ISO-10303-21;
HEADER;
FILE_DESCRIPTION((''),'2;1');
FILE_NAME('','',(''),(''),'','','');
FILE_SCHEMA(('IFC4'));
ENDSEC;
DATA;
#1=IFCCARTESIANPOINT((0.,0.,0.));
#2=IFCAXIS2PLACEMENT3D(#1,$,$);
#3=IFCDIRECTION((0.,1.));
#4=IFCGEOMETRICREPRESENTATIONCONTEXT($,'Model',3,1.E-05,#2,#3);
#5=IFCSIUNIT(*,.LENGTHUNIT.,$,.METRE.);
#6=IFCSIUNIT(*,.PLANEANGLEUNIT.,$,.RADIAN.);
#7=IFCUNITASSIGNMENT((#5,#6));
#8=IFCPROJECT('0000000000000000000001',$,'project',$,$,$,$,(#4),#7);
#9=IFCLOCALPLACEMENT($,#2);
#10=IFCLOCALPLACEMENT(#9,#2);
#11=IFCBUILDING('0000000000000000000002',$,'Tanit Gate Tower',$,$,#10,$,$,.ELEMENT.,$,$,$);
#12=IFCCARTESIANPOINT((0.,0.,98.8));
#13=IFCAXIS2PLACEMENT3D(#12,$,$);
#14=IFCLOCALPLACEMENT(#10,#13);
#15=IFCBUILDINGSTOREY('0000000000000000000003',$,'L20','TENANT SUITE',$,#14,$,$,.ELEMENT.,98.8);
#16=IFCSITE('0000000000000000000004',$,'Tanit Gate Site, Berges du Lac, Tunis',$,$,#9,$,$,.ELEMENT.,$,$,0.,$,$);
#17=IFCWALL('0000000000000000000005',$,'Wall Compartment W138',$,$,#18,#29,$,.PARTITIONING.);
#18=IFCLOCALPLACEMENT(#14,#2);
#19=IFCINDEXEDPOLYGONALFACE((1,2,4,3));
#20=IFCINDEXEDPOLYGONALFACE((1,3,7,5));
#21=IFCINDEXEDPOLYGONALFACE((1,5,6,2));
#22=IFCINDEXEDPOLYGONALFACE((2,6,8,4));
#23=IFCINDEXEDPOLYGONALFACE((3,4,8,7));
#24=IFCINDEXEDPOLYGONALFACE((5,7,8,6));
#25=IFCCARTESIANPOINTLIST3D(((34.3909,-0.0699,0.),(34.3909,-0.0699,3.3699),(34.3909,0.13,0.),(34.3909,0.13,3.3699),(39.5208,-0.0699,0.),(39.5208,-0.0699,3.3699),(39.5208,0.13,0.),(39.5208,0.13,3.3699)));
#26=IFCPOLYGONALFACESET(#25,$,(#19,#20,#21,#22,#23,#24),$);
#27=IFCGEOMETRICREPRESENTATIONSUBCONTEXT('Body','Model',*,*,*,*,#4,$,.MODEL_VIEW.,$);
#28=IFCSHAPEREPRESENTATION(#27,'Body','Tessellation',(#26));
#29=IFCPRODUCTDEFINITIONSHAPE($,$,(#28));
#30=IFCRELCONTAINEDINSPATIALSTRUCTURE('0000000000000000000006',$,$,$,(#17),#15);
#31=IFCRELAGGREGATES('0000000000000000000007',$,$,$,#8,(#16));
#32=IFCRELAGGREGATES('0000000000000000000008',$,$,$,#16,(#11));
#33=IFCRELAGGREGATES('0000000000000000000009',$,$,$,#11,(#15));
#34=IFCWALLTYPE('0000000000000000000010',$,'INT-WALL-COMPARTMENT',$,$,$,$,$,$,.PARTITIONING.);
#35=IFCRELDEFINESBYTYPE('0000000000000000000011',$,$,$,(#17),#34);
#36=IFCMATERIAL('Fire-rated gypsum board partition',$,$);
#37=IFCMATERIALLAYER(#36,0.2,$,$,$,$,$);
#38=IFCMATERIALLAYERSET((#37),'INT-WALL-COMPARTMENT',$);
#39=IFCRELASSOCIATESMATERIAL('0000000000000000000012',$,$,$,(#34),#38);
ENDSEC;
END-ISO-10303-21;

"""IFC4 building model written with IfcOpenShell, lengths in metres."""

from ifc_helpers import new_model, si_unit, direction, frame, frame_2d, origin, place, context, subcontext, project, spatial, rectangle, extrude, material, layer, layer_set, type_object, element, save


model = new_model("IFC4")

# Units and contexts
model_context = context("Model", 3, precision=1e-05, world=origin(), true_north=direction((0.0, 1.0)))
body_context = subcontext(model_context, "Body", "Model", "MODEL_VIEW")
ifc_project = project(units=[si_unit("LENGTHUNIT", "METRE"), si_unit("PLANEANGLEUNIT", "RADIAN")], contexts=[model_context])

# Site, building, storey
site_placement = place(None, origin())
site = spatial("IfcSite", under=ifc_project, at=site_placement, Name="Tanit Gate Site, Berges du Lac, Tunis", CompositionType="ELEMENT", RefElevation=0.0)
building_placement = place(site_placement, origin())
building = spatial("IfcBuilding", under=site, at=building_placement, Name="Tanit Gate Tower", CompositionType="ELEMENT")
storey_placement = place(building_placement, frame((0.0, 0.0, 98.8)))
storey = spatial("IfcBuildingStorey", under=building, at=storey_placement, Name="L20", Description="TENANT SUITE", CompositionType="ELEMENT", Elevation=98.8)

# Wall
ifc_material_1 = material(Name="Fire-rated gypsum board partition")
ifc_layer_1 = layer(ifc_material_1, 0.2)
ifc_layer_set_1 = layer_set([ifc_layer_1], Name="INT-WALL-COMPARTMENT")
wall_type_1 = type_object("IfcWallType", Name="INT-WALL-COMPARTMENT", PredefinedType="PARTITIONING", material=ifc_layer_set_1)
wall_1_placement = place(storey_placement, frame((39.5208, 0.03, 0.0), z_axis=(0.0, 0.0, 1.0), x_axis=(-1.0, 0.0, 0.0)))
element("IfcWall", 1, at=wall_1_placement, inside=storey, type_object=wall_type_1, Name="Wall Compartment W138", PredefinedType="PARTITIONING", context=body_context, shape_type="SweptSolid", body=[
    extrude(rectangle(XDim=5.1299, YDim=0.2, at=frame_2d((2.5649, 0.0))), origin(), (0.0, 0.0, 1.0), 3.3699),
])

save(model, "model.ifc")
